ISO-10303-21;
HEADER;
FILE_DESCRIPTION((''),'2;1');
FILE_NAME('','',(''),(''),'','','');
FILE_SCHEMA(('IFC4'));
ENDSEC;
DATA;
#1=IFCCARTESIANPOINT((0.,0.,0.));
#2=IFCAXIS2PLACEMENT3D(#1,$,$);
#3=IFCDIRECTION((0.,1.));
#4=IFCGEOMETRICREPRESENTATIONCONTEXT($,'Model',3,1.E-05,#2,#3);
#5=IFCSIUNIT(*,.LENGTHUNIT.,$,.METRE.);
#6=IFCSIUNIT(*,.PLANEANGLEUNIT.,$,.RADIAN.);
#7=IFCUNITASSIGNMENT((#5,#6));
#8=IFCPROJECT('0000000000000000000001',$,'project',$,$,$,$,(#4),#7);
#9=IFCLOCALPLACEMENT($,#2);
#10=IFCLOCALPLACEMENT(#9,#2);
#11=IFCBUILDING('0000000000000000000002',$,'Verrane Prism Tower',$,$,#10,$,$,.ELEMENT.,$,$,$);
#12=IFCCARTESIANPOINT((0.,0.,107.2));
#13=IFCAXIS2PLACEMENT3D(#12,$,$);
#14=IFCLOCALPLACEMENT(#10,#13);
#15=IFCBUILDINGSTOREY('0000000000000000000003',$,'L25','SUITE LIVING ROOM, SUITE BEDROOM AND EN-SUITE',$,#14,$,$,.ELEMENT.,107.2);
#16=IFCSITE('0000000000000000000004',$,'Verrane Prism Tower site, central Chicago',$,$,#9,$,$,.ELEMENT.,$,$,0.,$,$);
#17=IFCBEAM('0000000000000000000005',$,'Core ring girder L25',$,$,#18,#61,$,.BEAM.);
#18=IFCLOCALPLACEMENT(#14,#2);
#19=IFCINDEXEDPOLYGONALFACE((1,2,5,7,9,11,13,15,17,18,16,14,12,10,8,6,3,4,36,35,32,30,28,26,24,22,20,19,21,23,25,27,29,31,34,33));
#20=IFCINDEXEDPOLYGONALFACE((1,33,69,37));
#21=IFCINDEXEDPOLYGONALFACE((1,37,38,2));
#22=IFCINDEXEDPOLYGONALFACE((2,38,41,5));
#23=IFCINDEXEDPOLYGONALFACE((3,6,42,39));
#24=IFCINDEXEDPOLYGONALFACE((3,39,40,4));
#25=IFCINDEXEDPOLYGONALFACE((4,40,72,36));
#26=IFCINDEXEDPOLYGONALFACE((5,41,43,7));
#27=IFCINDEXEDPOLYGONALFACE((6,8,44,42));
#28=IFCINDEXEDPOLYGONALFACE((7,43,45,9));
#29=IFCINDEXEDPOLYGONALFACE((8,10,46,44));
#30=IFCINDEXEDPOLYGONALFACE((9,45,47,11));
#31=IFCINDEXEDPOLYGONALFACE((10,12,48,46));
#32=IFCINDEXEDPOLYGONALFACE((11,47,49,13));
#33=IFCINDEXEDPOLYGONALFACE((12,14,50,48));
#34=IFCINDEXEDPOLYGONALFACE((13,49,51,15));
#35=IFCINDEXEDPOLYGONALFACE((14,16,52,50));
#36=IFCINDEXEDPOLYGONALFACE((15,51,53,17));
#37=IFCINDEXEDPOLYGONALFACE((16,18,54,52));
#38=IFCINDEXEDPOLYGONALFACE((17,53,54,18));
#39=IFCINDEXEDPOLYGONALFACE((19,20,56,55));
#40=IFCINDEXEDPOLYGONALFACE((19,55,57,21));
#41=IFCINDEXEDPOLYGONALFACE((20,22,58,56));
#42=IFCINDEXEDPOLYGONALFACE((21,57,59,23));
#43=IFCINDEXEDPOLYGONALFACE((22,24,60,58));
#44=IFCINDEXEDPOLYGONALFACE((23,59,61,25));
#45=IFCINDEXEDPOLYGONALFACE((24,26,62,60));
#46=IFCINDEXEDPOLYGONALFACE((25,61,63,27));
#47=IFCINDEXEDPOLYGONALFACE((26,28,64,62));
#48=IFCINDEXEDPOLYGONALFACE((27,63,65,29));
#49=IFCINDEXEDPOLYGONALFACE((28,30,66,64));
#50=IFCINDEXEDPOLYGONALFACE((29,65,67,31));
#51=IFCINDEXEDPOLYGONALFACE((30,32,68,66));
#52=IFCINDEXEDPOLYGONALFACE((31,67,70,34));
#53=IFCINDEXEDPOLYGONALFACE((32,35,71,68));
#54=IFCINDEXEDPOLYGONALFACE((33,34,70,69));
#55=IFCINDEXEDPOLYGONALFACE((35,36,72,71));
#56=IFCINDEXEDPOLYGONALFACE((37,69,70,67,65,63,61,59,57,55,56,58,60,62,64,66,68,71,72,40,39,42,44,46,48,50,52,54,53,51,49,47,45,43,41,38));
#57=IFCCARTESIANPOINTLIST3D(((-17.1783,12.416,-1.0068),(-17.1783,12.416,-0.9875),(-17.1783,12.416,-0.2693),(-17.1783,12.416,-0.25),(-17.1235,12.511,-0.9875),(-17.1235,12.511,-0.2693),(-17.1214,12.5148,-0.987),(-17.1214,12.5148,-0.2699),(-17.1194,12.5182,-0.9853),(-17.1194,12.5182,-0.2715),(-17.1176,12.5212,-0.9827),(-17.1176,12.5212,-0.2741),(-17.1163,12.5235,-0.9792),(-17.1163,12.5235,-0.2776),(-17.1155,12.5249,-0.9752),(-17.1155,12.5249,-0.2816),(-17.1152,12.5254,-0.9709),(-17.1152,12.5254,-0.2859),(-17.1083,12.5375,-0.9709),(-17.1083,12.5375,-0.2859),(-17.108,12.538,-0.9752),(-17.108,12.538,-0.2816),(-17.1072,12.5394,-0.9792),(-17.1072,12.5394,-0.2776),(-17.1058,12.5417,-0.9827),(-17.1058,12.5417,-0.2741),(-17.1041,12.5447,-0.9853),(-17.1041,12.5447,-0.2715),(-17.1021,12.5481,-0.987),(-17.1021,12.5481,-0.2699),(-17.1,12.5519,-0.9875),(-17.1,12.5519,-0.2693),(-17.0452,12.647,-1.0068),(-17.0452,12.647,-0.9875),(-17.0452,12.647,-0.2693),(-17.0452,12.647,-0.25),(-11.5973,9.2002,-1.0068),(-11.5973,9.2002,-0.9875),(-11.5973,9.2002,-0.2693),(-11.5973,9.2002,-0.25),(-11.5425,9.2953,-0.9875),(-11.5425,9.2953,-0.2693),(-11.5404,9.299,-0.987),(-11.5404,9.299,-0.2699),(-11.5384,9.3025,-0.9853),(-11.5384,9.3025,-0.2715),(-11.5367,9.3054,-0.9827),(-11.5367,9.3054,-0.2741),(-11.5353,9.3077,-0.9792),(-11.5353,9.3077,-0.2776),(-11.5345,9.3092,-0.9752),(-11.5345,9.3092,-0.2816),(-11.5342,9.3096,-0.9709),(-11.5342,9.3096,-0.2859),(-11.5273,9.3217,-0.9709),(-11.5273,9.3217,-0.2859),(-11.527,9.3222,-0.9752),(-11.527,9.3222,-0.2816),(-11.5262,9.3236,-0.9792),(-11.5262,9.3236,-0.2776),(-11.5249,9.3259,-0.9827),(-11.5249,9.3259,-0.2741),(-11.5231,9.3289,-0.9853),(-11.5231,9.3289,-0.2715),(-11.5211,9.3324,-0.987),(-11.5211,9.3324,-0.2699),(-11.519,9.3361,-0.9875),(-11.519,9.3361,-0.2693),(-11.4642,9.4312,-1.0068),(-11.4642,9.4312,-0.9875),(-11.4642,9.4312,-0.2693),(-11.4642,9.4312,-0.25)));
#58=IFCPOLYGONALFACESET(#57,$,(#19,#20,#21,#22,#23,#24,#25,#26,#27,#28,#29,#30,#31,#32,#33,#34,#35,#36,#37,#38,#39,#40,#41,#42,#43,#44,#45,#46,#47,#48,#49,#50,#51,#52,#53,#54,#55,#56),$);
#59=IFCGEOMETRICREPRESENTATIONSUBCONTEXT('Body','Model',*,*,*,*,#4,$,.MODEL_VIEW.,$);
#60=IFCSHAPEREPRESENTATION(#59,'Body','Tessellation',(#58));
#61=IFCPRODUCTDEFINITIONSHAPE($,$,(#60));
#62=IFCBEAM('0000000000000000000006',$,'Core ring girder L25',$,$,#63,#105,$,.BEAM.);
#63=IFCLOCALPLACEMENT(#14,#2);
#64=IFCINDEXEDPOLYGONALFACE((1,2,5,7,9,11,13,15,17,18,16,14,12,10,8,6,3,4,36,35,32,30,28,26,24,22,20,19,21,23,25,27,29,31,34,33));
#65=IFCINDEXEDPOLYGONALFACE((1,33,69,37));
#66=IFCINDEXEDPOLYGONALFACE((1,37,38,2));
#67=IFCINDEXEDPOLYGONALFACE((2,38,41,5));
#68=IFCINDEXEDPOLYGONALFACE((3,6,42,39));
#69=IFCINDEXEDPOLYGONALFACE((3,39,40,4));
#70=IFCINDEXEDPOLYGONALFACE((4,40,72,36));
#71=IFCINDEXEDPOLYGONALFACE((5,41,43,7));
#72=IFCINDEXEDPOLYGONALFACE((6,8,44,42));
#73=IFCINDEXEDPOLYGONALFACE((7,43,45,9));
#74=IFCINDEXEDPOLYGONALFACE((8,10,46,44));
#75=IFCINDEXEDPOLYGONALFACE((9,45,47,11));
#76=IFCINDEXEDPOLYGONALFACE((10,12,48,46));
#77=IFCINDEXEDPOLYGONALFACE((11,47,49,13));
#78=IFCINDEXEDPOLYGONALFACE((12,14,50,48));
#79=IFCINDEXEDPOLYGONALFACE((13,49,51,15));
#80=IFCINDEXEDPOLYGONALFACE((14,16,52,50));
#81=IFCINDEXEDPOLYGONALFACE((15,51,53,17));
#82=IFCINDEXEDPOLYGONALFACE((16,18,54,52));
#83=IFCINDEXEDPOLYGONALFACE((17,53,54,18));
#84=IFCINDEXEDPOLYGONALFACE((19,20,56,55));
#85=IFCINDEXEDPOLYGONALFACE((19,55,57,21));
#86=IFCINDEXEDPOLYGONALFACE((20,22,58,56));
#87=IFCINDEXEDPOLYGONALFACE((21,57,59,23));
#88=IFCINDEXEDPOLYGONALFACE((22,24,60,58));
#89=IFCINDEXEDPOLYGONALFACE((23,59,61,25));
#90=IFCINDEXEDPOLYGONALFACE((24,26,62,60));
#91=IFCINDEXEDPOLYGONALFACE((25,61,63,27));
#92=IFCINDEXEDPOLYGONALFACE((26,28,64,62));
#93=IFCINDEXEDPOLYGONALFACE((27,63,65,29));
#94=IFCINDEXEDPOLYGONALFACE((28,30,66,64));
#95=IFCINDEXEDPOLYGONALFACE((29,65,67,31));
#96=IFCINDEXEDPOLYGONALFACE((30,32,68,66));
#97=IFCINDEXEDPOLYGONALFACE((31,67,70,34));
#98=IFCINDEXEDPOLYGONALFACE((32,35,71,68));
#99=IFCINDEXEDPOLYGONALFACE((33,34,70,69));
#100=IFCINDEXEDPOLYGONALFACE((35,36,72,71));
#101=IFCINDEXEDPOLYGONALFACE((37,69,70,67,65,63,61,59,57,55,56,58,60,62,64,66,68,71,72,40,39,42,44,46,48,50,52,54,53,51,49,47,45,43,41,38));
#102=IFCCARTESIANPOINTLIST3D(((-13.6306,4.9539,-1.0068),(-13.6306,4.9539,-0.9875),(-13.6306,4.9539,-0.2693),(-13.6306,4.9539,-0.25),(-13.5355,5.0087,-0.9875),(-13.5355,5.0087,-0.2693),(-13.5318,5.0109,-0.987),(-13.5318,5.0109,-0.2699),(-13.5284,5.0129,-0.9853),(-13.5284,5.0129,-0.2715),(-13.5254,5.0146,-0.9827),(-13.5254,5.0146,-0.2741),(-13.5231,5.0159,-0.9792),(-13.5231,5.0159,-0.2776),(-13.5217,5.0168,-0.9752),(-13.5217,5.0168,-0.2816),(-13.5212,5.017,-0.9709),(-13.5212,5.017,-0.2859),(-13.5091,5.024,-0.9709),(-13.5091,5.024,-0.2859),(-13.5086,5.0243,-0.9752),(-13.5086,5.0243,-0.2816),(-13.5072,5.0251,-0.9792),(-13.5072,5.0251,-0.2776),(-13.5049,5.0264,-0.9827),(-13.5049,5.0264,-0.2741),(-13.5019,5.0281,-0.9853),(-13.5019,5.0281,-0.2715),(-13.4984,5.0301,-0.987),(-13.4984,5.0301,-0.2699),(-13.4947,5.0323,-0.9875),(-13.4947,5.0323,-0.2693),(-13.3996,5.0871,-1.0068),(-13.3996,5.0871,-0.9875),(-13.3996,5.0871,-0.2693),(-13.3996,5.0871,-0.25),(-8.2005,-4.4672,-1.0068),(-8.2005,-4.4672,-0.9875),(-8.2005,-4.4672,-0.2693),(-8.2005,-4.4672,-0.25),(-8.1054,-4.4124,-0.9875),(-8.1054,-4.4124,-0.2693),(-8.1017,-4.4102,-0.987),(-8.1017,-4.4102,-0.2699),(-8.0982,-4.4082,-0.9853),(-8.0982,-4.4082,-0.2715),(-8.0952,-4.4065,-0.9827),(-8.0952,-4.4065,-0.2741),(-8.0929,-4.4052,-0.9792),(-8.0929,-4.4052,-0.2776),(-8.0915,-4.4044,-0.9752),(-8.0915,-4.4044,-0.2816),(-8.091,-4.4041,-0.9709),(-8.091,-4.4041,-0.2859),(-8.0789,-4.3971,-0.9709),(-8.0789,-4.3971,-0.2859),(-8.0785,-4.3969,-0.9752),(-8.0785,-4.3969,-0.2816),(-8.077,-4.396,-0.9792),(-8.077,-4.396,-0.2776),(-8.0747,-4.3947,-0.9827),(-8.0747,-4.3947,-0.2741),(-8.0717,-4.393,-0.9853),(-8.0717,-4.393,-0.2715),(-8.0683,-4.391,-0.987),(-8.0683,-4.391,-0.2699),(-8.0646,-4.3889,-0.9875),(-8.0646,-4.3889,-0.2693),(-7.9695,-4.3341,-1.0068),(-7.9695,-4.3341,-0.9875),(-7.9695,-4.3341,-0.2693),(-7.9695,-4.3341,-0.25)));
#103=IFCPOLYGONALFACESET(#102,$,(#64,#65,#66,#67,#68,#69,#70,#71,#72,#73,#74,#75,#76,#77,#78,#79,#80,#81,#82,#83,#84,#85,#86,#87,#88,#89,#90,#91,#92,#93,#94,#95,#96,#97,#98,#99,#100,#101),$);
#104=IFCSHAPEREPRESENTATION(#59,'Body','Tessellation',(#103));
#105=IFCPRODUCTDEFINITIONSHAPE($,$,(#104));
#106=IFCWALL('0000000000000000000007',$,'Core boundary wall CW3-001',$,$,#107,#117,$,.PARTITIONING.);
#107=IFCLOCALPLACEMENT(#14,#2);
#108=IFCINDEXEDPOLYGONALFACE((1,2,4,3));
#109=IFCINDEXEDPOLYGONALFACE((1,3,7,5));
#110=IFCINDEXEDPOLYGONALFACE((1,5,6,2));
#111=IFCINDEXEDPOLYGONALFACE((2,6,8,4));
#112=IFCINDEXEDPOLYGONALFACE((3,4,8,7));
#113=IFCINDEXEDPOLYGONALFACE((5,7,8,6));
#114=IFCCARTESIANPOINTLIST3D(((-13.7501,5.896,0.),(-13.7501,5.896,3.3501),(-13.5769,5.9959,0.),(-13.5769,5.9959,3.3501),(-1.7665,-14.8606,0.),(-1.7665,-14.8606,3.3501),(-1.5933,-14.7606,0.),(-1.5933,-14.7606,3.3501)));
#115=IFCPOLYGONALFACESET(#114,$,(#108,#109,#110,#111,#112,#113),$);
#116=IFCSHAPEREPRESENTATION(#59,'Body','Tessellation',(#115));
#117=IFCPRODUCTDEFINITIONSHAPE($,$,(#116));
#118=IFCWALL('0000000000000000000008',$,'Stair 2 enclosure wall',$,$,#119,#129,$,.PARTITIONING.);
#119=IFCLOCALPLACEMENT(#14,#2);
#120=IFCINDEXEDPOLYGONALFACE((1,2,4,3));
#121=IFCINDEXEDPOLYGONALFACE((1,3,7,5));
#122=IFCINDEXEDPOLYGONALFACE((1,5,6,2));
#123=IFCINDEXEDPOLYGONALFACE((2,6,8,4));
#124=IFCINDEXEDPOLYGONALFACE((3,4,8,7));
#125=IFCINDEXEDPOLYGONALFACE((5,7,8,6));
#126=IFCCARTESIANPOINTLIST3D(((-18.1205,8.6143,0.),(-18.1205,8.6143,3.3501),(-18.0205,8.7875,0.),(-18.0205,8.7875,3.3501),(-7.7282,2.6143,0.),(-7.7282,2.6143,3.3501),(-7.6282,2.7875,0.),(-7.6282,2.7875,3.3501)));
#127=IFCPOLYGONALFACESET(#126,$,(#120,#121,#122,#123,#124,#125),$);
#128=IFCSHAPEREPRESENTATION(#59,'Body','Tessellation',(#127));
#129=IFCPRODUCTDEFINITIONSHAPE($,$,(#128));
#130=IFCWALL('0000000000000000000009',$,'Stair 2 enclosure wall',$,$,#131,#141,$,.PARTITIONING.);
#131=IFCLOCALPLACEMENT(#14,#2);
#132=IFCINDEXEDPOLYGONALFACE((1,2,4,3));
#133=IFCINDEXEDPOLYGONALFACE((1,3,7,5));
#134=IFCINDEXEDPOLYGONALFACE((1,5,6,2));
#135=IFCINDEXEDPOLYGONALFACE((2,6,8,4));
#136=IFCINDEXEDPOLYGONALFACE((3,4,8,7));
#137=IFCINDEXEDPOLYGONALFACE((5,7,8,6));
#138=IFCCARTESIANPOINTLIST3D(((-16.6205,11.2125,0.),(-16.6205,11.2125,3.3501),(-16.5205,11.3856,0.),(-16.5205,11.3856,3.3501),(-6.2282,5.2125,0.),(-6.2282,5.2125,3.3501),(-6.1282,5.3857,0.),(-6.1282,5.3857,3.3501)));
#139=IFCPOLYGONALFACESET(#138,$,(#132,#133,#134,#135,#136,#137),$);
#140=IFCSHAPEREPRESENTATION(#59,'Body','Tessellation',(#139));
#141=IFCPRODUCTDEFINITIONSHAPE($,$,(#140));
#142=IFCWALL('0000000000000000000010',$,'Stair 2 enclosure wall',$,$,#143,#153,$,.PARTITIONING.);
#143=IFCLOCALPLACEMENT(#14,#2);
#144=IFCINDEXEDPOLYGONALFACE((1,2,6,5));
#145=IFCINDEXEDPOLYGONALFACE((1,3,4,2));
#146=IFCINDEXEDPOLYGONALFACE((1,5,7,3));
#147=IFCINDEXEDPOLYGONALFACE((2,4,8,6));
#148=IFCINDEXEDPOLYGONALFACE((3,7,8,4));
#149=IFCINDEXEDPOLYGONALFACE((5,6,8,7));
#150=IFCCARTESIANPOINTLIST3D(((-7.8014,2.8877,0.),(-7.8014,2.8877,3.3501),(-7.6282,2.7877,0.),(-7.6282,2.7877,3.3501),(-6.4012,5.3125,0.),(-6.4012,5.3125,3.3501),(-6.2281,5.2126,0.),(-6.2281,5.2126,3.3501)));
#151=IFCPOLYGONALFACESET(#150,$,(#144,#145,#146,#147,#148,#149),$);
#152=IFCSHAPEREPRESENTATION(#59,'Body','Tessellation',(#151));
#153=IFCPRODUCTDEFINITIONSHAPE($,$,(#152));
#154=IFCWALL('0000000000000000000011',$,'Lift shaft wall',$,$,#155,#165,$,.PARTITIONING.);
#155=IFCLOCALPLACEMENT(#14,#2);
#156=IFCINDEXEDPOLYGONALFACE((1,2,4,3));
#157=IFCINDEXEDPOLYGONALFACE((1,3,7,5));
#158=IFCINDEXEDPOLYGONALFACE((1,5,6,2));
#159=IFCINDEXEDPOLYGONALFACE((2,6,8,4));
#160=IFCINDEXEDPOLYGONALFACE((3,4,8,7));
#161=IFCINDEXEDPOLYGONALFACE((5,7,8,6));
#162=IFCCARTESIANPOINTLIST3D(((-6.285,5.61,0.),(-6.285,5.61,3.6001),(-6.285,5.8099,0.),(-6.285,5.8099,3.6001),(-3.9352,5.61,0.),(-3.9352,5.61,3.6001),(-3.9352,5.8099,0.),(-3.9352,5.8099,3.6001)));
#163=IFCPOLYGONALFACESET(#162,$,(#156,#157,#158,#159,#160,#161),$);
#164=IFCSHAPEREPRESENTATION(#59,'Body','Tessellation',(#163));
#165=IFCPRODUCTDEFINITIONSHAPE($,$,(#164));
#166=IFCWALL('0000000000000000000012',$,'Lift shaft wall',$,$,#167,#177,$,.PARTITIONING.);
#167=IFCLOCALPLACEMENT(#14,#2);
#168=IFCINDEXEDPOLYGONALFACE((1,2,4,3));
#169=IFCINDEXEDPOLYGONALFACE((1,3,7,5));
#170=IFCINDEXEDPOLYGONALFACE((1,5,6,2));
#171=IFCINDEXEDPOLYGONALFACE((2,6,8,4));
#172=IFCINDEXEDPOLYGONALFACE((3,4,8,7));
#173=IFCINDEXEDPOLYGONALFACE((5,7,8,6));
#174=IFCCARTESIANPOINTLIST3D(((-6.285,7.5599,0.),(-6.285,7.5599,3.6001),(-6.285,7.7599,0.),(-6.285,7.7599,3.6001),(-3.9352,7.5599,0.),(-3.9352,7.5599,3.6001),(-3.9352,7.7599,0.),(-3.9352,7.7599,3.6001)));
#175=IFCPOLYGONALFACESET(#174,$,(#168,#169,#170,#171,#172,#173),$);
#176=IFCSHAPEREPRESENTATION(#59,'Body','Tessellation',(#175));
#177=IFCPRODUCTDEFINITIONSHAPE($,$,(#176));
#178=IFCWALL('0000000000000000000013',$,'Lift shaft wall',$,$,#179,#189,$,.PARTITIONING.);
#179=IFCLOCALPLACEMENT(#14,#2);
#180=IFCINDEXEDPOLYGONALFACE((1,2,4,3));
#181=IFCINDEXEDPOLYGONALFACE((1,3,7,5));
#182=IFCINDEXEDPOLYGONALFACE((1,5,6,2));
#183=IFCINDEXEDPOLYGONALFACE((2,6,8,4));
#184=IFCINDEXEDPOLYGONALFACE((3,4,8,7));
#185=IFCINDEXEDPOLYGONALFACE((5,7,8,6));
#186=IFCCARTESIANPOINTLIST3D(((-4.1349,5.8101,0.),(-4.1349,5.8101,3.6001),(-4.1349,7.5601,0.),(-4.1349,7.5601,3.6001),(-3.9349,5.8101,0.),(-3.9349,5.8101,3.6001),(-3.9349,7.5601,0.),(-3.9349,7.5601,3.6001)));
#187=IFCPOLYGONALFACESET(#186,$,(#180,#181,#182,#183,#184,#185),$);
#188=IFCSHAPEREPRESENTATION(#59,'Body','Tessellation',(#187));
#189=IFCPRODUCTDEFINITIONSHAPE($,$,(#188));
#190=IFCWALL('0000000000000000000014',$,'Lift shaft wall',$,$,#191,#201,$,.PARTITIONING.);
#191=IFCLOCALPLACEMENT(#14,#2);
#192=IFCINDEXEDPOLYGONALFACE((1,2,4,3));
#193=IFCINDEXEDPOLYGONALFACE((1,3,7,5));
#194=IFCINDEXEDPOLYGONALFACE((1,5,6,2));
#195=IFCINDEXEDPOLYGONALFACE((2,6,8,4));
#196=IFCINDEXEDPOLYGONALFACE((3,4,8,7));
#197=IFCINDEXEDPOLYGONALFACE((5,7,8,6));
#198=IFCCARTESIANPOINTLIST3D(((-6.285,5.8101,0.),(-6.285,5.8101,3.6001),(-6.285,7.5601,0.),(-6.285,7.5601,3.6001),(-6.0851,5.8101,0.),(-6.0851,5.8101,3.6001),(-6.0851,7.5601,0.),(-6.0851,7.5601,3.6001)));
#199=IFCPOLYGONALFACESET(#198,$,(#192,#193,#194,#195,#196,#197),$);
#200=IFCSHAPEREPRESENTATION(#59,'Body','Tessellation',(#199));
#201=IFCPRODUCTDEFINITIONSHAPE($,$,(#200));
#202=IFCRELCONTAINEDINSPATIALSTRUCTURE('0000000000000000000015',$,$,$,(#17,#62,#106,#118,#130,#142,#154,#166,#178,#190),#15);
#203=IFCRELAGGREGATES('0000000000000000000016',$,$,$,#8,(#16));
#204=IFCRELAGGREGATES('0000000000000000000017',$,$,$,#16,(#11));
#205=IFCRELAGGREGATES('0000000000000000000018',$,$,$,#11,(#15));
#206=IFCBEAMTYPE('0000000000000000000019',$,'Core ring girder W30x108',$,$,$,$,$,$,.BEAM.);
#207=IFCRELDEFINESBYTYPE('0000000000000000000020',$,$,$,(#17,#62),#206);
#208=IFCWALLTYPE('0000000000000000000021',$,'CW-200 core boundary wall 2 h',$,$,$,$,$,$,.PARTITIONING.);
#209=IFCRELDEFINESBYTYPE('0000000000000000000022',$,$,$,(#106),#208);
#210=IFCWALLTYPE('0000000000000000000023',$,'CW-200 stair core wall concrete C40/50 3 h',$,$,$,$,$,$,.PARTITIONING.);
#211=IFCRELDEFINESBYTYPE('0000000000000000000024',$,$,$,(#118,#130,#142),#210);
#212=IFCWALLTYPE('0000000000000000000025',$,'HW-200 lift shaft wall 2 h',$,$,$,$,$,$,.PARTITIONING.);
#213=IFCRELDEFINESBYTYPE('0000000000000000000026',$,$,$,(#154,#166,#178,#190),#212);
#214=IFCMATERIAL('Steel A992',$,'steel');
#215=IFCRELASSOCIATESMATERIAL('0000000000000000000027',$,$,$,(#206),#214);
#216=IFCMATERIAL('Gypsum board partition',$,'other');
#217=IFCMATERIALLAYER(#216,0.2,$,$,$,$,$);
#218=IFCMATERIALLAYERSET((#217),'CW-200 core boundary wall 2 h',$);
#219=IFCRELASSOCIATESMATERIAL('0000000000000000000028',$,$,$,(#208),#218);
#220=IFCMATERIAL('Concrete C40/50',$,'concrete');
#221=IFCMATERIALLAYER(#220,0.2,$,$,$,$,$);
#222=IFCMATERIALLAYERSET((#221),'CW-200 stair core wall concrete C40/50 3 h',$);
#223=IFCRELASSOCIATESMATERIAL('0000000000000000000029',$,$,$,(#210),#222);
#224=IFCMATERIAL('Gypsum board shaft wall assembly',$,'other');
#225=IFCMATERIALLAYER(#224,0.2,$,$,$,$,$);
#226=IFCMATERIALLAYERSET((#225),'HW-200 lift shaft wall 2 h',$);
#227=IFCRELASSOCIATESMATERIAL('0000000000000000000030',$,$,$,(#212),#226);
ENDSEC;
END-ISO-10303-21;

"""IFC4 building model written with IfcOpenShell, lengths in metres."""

from ifc_helpers import new_model, si_unit, direction, frame, frame_2d, origin, origin_2d, place, context, subcontext, project, spatial, rectangle, i_section, extrude, material, layer, layer_set, material_profile, profile_set, type_object, element, save


model = new_model("IFC4")

# Units and contexts
model_context = context("Model", 3, precision=1e-05, world=origin(), true_north=direction((0.0, 1.0)))
body_context = subcontext(model_context, "Body", "Model", "MODEL_VIEW")
ifc_project = project(units=[si_unit("LENGTHUNIT", "METRE"), si_unit("PLANEANGLEUNIT", "RADIAN")], contexts=[model_context])

# Site, building, storey
site_placement = place(None, origin())
site = spatial("IfcSite", under=ifc_project, at=site_placement, Name="Verrane Prism Tower site, central Chicago", CompositionType="ELEMENT", RefElevation=0.0)
building_placement = place(site_placement, origin())
building = spatial("IfcBuilding", under=site, at=building_placement, Name="Verrane Prism Tower", CompositionType="ELEMENT")
storey_placement = place(building_placement, frame((0.0, 0.0, 107.2)))
storey = spatial("IfcBuildingStorey", under=building, at=storey_placement, Name="L25", Description="SUITE LIVING ROOM, SUITE BEDROOM AND EN-SUITE", CompositionType="ELEMENT", Elevation=107.2)

# Beams
ifc_material_1 = material(Name="Steel A992", Category="steel")
ifc_material_profile_1 = material_profile(ifc_material_1, i_section(OverallWidth=0.2666, OverallDepth=0.7568, WebThickness=0.0139, FlangeThickness=0.0193, FilletRadius=0.0166, at=origin_2d()), Name="W30x108")
ifc_profile_set_1 = profile_set([ifc_material_profile_1], Name="Steel A992")
beam_type = type_object("IfcBeamType", Name="Core ring girder W30x108", PredefinedType="BEAM", material=ifc_profile_set_1)
beam_1_placement = place(storey_placement, frame((-11.5308, 9.3157, -0.6284), z_axis=(-0.866456, 0.499254, 0.0), x_axis=(-0.499254, -0.866456, 0.0)))
element("IfcBeam", 1, at=beam_1_placement, inside=storey, type_object=beam_type, Name="Core ring girder L25", PredefinedType="BEAM", context=body_context, shape_type="SweptSolid", body=[
    extrude(i_section(OverallWidth=0.2666, OverallDepth=0.7568, WebThickness=0.0139, FlangeThickness=0.0193, FilletRadius=0.0166, at=origin_2d()), origin(), (0.0, 0.0, 1.0), 6.4412),
])
beam_2_placement = place(storey_placement, frame((-13.5151, 5.0205, -0.6284), z_axis=(0.499371, -0.866388, 0.0), x_axis=(0.866388, 0.499371, 0.0)))
element("IfcBeam", 2, at=beam_2_placement, inside=storey, type_object=beam_type, Name="Core ring girder L25", PredefinedType="BEAM", context=body_context, shape_type="SweptSolid", body=[
    extrude(i_section(OverallWidth=0.2666, OverallDepth=0.7568, WebThickness=0.0139, FlangeThickness=0.0193, FilletRadius=0.0166, at=origin_2d()), origin(), (0.0, 0.0, 1.0), 10.874),
])

# Walls
ifc_material_2 = material(Name="Gypsum board partition", Category="other")
ifc_layer_1 = layer(ifc_material_2, 0.2)
ifc_layer_set_1 = layer_set([ifc_layer_1], Name="CW-200 core boundary wall 2 h")
wall_type_1 = type_object("IfcWallType", Name="CW-200 core boundary wall 2 h", PredefinedType="PARTITIONING", material=ifc_layer_set_1)
wall_1_placement = place(storey_placement, frame((-13.6636, 5.946, 0.0), z_axis=(0.0, 0.0, 1.0), x_axis=(0.499994, -0.866029, 0.0)))
element("IfcWall", 3, at=wall_1_placement, inside=storey, type_object=wall_type_1, Name="Core boundary wall CW3-001", PredefinedType="PARTITIONING", context=body_context, shape_type="SweptSolid", body=[
    extrude(rectangle(XDim=23.9675, YDim=0.2, at=frame_2d((11.9839, 0.0))), origin(), (0.0, 0.0, 1.0), 3.3501),
])
ifc_material_3 = material(Name="Concrete C40/50", Category="concrete")
ifc_layer_2 = layer(ifc_material_3, 0.2)
ifc_layer_set_2 = layer_set([ifc_layer_2], Name="CW-200 stair core wall concrete C40/50 3 h")
wall_type_2 = type_object("IfcWallType", Name="CW-200 stair core wall concrete C40/50 3 h", PredefinedType="PARTITIONING", material=ifc_layer_set_2)
for number, where, z_axis, x_axis, name in (
    (4, (-7.6782, 2.7009, 0.0), (0.0, 0.0, 1.0), (-0.866026, 0.499999, 0.0), "Stair 2 enclosure wall"),
    (5, (-6.1782, 5.2991, 0.0), (0.0, 0.0, 1.0), (-0.866026, 0.499999, 0.0), "Stair 2 enclosure wall"),
):
    element("IfcWall", number, at=place(storey_placement, frame(where, z_axis=z_axis, x_axis=x_axis)), inside=storey, type_object=wall_type_2, Name=name, PredefinedType="PARTITIONING", context=body_context, shape_type="SweptSolid", body=[
        extrude(rectangle(XDim=12.0, YDim=0.2, at=frame_2d((6.0, 0.0))), origin(), (0.0, 0.0, 1.0), 3.3501),
    ])
wall_2_placement = place(storey_placement, frame((-6.3147, 5.2625, 0.0), z_axis=(0.0, 0.0, 1.0), x_axis=(-0.50005, -0.865997, 0.0)))
element("IfcWall", 6, at=wall_2_placement, inside=storey, type_object=wall_type_2, Name="Stair 2 enclosure wall", PredefinedType="PARTITIONING", context=body_context, shape_type="SweptSolid", body=[
    extrude(rectangle(XDim=2.8, YDim=0.2, at=frame_2d((1.3999, 0.0))), origin(), (0.0, 0.0, 1.0), 3.3501),
])
ifc_material_4 = material(Name="Gypsum board shaft wall assembly", Category="other")
ifc_layer_3 = layer(ifc_material_4, 0.2)
ifc_layer_set_3 = layer_set([ifc_layer_3], Name="HW-200 lift shaft wall 2 h")
wall_type_3 = type_object("IfcWallType", Name="HW-200 lift shaft wall 2 h", PredefinedType="PARTITIONING", material=ifc_layer_set_3)
for number, where, z_axis, x_axis, name in (
    (7, (-6.2849, 5.71, 0.0), (0.0, 0.0, 1.0), (1.0, 0.0, 0.0), "Lift shaft wall"),
    (8, (-6.2849, 7.6599, 0.0), (0.0, 0.0, 1.0), (1.0, 0.0, 0.0), "Lift shaft wall"),
):
    element("IfcWall", number, at=place(storey_placement, frame(where, z_axis=z_axis, x_axis=x_axis)), inside=storey, type_object=wall_type_3, Name=name, PredefinedType="PARTITIONING", context=body_context, shape_type="SweptSolid", body=[
        extrude(rectangle(XDim=2.3499, YDim=0.2, at=frame_2d((1.1748, 0.0))), origin(), (0.0, 0.0, 1.0), 3.6001),
    ])
for number, where, z_axis, x_axis, name in (
    (9, (-4.0349, 5.8101, 0.0), (0.0, 0.0, 1.0), (0.0, 1.0, 0.0), "Lift shaft wall"),
    (10, (-6.1851, 5.8101, 0.0), (0.0, 0.0, 1.0), (0.0, 1.0, 0.0), "Lift shaft wall"),
):
    element("IfcWall", number, at=place(storey_placement, frame(where, z_axis=z_axis, x_axis=x_axis)), inside=storey, type_object=wall_type_3, Name=name, PredefinedType="PARTITIONING", context=body_context, shape_type="SweptSolid", body=[
        extrude(rectangle(XDim=1.75, YDim=0.2, at=frame_2d((0.875, 0.0))), origin(), (0.0, 0.0, 1.0), 3.6001),
    ])

save(model, "model.ifc")
